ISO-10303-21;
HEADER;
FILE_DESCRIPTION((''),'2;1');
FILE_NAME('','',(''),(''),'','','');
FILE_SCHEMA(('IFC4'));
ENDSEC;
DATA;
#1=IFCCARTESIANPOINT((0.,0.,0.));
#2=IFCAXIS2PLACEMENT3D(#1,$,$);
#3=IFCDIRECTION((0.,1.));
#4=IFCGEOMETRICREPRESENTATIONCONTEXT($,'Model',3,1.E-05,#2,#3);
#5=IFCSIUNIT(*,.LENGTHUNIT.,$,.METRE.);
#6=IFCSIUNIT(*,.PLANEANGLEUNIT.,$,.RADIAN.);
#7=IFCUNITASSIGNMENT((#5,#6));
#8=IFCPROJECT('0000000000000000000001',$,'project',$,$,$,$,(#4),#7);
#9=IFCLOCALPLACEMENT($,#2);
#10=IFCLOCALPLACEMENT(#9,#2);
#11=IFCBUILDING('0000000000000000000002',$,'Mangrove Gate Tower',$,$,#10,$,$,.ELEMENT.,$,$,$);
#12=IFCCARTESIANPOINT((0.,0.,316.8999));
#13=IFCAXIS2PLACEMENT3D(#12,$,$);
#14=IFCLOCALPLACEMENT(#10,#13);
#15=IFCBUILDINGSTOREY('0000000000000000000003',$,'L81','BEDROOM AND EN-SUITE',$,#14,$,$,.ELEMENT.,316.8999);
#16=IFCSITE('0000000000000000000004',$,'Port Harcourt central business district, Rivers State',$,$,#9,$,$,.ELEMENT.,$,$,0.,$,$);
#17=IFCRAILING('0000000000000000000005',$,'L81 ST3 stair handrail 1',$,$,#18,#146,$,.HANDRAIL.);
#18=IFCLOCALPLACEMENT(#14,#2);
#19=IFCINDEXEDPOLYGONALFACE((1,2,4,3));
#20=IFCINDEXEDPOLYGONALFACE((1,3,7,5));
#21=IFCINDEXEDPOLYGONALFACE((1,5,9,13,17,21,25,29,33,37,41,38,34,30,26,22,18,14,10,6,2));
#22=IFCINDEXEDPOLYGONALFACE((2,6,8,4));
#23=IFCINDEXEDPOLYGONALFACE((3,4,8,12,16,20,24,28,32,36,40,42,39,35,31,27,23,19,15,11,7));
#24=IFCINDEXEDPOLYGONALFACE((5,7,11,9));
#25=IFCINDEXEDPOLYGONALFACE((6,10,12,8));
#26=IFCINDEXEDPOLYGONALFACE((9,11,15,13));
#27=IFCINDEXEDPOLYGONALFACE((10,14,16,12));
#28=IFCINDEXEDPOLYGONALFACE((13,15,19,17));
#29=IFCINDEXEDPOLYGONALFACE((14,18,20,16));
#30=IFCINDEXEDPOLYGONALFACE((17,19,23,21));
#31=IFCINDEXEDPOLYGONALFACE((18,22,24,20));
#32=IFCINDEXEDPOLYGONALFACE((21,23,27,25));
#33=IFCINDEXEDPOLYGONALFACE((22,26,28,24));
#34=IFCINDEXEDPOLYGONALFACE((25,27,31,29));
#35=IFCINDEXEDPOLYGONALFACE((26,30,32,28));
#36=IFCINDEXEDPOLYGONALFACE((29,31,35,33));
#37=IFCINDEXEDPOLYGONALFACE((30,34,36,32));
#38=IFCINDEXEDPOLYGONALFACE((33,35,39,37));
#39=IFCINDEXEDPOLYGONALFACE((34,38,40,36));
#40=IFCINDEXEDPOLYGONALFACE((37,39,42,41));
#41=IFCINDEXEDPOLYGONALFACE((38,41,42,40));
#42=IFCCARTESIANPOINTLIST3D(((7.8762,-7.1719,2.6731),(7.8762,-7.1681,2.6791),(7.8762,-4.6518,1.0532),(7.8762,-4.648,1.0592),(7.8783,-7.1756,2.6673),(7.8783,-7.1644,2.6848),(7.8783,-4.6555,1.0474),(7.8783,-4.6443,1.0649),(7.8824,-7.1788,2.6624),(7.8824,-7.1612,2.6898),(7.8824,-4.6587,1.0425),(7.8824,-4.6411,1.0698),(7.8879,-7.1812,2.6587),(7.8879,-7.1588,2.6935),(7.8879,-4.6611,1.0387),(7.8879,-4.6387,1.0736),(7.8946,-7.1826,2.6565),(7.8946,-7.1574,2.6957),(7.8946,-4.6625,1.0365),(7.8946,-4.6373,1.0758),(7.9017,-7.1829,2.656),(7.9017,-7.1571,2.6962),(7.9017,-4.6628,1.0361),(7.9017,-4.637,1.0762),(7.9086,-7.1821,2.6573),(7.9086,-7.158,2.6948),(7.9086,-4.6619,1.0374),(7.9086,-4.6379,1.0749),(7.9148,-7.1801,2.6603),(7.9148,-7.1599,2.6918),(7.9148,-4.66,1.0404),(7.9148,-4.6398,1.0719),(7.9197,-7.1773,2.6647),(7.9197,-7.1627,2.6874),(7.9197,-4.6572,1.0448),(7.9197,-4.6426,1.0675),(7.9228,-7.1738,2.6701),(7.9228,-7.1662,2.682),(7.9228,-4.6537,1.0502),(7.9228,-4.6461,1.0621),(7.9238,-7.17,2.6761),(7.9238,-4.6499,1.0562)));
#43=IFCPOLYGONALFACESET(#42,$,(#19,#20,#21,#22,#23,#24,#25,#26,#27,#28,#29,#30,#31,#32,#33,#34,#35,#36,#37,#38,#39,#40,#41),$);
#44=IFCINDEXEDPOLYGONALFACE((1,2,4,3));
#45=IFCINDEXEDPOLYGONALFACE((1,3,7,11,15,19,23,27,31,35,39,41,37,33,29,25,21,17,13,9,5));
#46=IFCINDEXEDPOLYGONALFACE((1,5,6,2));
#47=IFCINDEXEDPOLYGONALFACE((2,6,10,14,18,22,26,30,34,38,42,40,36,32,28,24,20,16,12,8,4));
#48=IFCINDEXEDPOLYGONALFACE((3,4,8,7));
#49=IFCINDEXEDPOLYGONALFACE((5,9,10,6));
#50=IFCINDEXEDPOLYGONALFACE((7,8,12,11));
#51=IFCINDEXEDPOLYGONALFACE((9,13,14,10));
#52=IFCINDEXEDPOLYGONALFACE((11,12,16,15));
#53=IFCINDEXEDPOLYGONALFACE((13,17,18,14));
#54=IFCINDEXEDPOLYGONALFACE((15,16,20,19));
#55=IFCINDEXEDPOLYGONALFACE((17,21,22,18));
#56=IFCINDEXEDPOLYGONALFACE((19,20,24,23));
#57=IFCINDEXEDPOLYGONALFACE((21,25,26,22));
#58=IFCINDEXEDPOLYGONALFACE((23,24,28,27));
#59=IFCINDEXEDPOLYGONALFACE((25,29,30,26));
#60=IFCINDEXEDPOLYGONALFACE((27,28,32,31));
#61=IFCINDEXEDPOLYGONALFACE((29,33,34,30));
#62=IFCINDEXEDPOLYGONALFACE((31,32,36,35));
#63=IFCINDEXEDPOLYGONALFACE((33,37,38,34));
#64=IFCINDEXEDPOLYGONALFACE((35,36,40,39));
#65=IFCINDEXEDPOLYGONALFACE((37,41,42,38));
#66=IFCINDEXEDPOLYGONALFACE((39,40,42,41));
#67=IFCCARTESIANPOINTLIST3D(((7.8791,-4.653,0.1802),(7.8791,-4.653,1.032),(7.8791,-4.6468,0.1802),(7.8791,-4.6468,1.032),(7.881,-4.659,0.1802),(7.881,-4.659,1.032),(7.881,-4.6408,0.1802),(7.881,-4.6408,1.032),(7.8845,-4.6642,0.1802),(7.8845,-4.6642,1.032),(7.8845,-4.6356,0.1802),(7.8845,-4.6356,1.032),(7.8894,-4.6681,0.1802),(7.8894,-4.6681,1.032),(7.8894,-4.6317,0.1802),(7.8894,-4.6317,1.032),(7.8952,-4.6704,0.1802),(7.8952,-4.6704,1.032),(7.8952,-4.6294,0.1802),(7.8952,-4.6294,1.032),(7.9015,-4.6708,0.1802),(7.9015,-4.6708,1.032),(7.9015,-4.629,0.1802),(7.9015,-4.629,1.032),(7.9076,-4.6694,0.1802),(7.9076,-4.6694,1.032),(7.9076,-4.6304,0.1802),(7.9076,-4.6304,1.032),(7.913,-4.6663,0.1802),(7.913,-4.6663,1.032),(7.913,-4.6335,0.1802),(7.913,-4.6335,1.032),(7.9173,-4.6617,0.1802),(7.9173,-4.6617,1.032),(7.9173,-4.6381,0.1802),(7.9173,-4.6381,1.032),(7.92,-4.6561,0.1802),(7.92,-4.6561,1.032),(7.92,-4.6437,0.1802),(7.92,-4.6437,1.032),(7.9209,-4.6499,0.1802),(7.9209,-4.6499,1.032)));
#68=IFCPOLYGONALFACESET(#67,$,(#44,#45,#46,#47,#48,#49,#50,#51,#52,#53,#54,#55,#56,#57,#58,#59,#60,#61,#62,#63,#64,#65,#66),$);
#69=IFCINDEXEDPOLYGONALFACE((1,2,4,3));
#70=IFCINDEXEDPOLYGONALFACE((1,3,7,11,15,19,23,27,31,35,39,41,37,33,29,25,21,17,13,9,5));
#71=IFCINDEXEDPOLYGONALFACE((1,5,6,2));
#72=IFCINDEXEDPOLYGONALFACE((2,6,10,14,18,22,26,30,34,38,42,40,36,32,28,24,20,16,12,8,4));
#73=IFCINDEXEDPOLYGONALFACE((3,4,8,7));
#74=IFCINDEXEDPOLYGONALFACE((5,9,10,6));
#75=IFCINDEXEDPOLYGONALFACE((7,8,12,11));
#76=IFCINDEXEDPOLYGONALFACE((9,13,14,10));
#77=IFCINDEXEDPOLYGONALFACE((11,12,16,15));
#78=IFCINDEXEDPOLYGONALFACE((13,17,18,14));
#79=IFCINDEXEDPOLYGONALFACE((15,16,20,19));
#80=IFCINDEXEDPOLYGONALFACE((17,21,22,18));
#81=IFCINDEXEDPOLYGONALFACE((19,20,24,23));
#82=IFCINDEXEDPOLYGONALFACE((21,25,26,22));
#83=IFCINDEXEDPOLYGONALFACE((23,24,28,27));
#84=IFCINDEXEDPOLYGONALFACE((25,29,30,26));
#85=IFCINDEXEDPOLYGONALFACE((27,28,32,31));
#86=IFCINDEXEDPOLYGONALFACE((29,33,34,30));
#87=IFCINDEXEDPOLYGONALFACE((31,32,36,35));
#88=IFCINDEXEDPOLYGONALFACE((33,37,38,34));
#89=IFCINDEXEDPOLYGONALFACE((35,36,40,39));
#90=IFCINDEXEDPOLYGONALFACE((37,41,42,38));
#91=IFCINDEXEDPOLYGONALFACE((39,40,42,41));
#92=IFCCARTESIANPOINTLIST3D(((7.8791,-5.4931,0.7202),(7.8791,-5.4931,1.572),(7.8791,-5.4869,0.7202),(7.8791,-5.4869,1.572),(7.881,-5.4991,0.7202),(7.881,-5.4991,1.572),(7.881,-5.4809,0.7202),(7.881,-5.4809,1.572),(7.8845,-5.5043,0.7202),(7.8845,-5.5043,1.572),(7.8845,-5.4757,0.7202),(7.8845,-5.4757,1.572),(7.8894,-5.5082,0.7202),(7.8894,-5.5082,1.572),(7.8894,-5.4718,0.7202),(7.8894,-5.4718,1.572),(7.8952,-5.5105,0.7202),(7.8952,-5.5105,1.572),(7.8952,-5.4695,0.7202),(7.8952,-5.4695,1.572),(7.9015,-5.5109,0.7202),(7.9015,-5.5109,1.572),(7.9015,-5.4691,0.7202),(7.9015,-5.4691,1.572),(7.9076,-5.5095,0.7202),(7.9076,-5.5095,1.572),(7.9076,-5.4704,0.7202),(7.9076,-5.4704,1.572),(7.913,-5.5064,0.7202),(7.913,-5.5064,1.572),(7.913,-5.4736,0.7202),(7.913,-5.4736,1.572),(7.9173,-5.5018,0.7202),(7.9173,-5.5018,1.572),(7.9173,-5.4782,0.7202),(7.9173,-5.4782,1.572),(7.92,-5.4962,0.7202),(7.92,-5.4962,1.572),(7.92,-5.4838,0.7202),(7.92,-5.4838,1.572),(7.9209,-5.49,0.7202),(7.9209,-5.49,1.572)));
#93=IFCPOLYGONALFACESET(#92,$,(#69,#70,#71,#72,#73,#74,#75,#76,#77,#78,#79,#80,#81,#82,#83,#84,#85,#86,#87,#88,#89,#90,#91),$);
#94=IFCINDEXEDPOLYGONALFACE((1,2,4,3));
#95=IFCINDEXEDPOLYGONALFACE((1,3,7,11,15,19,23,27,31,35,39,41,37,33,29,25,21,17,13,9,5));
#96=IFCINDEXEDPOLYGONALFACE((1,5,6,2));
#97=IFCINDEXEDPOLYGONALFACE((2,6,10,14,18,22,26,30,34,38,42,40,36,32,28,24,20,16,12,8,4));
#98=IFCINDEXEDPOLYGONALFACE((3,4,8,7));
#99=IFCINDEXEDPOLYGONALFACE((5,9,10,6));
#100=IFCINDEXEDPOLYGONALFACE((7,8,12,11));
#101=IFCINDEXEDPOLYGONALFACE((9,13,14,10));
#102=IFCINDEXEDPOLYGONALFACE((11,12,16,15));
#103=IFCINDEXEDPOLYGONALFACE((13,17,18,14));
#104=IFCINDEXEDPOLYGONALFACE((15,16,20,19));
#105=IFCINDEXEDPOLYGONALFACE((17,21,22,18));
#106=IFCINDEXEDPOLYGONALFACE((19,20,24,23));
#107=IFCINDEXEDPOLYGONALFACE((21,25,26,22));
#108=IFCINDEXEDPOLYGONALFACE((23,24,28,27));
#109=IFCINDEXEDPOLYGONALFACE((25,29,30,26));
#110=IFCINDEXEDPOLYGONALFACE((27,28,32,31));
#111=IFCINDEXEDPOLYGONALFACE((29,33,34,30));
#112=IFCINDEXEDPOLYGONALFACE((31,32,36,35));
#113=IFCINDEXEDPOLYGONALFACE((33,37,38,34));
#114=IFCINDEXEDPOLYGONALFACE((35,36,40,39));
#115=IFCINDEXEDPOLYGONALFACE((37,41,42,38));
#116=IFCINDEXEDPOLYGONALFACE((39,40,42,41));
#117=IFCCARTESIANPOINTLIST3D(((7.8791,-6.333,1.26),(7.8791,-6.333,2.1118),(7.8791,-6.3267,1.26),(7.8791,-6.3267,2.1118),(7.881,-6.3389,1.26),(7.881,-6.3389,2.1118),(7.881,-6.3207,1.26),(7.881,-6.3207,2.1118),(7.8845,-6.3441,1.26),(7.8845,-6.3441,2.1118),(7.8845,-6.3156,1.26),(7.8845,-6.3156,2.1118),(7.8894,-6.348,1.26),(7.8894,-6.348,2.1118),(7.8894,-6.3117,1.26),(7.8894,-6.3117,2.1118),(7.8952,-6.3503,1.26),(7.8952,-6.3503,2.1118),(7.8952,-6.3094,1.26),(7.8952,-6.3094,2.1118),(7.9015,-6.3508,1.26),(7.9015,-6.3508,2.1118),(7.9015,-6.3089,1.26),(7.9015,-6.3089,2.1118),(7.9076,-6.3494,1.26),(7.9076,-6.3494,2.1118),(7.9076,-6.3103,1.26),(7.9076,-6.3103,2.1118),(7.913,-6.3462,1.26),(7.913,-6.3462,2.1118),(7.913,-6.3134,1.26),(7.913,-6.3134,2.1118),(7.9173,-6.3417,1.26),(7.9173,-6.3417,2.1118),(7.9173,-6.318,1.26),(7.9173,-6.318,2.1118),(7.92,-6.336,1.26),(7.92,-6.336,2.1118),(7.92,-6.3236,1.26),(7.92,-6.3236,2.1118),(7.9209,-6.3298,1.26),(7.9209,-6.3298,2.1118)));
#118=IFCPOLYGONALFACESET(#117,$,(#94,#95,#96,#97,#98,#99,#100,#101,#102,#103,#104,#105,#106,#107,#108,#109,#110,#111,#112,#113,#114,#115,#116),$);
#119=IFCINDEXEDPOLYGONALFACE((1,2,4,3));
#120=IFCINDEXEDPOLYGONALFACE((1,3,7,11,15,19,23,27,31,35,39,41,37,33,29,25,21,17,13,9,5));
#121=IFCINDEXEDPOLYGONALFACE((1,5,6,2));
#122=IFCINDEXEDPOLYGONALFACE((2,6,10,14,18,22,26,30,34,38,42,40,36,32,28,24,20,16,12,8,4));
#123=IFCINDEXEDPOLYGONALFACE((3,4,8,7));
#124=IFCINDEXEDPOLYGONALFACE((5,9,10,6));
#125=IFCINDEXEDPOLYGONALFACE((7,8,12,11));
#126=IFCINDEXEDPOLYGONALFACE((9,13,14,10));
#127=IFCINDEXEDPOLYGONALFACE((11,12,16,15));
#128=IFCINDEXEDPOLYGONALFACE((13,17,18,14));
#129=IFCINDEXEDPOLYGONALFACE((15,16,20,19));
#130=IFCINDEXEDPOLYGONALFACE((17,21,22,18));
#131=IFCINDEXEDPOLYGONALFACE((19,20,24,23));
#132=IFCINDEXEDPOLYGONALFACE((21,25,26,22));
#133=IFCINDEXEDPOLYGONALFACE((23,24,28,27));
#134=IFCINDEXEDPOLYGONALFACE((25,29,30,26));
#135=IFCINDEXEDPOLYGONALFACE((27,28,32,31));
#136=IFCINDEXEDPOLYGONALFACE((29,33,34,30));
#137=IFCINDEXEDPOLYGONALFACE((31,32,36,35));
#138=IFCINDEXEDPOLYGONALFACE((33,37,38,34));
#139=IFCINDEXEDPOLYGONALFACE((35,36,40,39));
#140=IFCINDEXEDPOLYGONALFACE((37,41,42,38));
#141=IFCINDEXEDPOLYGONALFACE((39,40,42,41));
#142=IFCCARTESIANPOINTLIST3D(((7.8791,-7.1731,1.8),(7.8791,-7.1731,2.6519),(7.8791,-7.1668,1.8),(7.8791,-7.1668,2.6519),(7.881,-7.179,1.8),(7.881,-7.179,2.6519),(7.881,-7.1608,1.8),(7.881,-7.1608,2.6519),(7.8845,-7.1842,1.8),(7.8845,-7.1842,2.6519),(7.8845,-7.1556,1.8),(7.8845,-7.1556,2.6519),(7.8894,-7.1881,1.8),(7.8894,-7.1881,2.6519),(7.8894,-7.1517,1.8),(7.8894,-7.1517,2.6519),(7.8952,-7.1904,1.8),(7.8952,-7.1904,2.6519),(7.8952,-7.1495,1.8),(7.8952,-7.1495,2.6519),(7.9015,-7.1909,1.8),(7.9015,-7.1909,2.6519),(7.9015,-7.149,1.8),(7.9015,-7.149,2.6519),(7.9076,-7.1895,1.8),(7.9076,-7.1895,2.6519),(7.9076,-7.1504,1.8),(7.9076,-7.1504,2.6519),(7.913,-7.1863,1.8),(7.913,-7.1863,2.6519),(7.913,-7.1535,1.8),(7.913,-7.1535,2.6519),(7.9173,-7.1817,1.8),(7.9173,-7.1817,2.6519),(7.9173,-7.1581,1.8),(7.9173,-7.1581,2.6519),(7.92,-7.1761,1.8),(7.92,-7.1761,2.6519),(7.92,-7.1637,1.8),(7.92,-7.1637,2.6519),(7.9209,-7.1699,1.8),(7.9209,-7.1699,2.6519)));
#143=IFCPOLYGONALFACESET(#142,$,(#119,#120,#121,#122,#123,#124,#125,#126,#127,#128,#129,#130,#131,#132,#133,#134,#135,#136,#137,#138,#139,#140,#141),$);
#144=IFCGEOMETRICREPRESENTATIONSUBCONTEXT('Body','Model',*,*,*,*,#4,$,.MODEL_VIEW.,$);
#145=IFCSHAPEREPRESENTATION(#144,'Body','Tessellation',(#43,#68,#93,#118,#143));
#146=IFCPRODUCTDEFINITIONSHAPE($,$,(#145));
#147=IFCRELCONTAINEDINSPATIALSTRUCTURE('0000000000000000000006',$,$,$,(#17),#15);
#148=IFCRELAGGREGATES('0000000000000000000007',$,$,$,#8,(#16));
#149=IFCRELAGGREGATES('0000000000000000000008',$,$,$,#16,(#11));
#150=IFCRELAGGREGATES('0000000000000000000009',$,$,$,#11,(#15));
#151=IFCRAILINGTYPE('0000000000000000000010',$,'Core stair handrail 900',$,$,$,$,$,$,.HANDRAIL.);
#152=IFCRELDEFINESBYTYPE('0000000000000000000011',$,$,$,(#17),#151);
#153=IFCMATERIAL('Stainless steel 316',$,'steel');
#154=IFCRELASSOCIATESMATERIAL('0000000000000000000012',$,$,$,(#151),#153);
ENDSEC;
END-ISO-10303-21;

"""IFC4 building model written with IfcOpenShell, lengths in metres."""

from ifc_helpers import new_model, si_unit, direction, frame, origin, origin_2d, place, context, subcontext, project, spatial, circle, extrude, material, type_object, element, save


model = new_model("IFC4")

# Units and contexts
model_context = context("Model", 3, precision=1e-05, world=origin(), true_north=direction((0.0, 1.0)))
body_context = subcontext(model_context, "Body", "Model", "MODEL_VIEW")
ifc_project = project(units=[si_unit("LENGTHUNIT", "METRE"), si_unit("PLANEANGLEUNIT", "RADIAN")], contexts=[model_context])

# Site, building, storey
site_placement = place(None, origin())
site = spatial("IfcSite", under=ifc_project, at=site_placement, Name="Port Harcourt central business district, Rivers State", CompositionType="ELEMENT", RefElevation=0.0)
building_placement = place(site_placement, origin())
building = spatial("IfcBuilding", under=site, at=building_placement, Name="Mangrove Gate Tower", CompositionType="ELEMENT")
storey_placement = place(building_placement, frame((0.0, 0.0, 316.8999)))
storey = spatial("IfcBuildingStorey", under=building, at=storey_placement, Name="L81", Description="BEDROOM AND EN-SUITE", CompositionType="ELEMENT", Elevation=316.8999)

# Railing
ifc_material_1 = material(Name="Stainless steel 316", Category="steel")
railing_type_1 = type_object("IfcRailingType", Name="Core stair handrail 900", PredefinedType="HANDRAIL", material=ifc_material_1)
railing_1_placement = place(storey_placement, frame((7.8999, -4.6499, 0.1802)))
element("IfcRailing", 1, at=railing_1_placement, inside=storey, type_object=railing_type_1, Name="L81 ST3 stair handrail 1", PredefinedType="HANDRAIL", context=body_context, shape_type="SweptSolid", body=[
    extrude(circle(Radius=0.0239, at=origin_2d()), frame((0.0, 0.0, 0.876), z_axis=(0.0, -0.8412, 0.540725), x_axis=(1.0, 0.0, 0.0)), (0.0, 0.0, 1.0), 2.9958),
    extrude(circle(Radius=0.021, at=origin_2d()), origin(), (0.0, 0.0, 1.0), 0.8518),
    extrude(circle(Radius=0.021, at=origin_2d()), frame((0.0, -0.8401, 0.54)), (0.0, 0.0, 1.0), 0.8518),
    extrude(circle(Radius=0.021, at=origin_2d()), frame((0.0, -1.6799, 1.0798)), (0.0, 0.0, 1.0), 0.8518),
    extrude(circle(Radius=0.021, at=origin_2d()), frame((0.0, -2.52, 1.6199)), (0.0, 0.0, 1.0), 0.8518),
])

save(model, "model.ifc")
